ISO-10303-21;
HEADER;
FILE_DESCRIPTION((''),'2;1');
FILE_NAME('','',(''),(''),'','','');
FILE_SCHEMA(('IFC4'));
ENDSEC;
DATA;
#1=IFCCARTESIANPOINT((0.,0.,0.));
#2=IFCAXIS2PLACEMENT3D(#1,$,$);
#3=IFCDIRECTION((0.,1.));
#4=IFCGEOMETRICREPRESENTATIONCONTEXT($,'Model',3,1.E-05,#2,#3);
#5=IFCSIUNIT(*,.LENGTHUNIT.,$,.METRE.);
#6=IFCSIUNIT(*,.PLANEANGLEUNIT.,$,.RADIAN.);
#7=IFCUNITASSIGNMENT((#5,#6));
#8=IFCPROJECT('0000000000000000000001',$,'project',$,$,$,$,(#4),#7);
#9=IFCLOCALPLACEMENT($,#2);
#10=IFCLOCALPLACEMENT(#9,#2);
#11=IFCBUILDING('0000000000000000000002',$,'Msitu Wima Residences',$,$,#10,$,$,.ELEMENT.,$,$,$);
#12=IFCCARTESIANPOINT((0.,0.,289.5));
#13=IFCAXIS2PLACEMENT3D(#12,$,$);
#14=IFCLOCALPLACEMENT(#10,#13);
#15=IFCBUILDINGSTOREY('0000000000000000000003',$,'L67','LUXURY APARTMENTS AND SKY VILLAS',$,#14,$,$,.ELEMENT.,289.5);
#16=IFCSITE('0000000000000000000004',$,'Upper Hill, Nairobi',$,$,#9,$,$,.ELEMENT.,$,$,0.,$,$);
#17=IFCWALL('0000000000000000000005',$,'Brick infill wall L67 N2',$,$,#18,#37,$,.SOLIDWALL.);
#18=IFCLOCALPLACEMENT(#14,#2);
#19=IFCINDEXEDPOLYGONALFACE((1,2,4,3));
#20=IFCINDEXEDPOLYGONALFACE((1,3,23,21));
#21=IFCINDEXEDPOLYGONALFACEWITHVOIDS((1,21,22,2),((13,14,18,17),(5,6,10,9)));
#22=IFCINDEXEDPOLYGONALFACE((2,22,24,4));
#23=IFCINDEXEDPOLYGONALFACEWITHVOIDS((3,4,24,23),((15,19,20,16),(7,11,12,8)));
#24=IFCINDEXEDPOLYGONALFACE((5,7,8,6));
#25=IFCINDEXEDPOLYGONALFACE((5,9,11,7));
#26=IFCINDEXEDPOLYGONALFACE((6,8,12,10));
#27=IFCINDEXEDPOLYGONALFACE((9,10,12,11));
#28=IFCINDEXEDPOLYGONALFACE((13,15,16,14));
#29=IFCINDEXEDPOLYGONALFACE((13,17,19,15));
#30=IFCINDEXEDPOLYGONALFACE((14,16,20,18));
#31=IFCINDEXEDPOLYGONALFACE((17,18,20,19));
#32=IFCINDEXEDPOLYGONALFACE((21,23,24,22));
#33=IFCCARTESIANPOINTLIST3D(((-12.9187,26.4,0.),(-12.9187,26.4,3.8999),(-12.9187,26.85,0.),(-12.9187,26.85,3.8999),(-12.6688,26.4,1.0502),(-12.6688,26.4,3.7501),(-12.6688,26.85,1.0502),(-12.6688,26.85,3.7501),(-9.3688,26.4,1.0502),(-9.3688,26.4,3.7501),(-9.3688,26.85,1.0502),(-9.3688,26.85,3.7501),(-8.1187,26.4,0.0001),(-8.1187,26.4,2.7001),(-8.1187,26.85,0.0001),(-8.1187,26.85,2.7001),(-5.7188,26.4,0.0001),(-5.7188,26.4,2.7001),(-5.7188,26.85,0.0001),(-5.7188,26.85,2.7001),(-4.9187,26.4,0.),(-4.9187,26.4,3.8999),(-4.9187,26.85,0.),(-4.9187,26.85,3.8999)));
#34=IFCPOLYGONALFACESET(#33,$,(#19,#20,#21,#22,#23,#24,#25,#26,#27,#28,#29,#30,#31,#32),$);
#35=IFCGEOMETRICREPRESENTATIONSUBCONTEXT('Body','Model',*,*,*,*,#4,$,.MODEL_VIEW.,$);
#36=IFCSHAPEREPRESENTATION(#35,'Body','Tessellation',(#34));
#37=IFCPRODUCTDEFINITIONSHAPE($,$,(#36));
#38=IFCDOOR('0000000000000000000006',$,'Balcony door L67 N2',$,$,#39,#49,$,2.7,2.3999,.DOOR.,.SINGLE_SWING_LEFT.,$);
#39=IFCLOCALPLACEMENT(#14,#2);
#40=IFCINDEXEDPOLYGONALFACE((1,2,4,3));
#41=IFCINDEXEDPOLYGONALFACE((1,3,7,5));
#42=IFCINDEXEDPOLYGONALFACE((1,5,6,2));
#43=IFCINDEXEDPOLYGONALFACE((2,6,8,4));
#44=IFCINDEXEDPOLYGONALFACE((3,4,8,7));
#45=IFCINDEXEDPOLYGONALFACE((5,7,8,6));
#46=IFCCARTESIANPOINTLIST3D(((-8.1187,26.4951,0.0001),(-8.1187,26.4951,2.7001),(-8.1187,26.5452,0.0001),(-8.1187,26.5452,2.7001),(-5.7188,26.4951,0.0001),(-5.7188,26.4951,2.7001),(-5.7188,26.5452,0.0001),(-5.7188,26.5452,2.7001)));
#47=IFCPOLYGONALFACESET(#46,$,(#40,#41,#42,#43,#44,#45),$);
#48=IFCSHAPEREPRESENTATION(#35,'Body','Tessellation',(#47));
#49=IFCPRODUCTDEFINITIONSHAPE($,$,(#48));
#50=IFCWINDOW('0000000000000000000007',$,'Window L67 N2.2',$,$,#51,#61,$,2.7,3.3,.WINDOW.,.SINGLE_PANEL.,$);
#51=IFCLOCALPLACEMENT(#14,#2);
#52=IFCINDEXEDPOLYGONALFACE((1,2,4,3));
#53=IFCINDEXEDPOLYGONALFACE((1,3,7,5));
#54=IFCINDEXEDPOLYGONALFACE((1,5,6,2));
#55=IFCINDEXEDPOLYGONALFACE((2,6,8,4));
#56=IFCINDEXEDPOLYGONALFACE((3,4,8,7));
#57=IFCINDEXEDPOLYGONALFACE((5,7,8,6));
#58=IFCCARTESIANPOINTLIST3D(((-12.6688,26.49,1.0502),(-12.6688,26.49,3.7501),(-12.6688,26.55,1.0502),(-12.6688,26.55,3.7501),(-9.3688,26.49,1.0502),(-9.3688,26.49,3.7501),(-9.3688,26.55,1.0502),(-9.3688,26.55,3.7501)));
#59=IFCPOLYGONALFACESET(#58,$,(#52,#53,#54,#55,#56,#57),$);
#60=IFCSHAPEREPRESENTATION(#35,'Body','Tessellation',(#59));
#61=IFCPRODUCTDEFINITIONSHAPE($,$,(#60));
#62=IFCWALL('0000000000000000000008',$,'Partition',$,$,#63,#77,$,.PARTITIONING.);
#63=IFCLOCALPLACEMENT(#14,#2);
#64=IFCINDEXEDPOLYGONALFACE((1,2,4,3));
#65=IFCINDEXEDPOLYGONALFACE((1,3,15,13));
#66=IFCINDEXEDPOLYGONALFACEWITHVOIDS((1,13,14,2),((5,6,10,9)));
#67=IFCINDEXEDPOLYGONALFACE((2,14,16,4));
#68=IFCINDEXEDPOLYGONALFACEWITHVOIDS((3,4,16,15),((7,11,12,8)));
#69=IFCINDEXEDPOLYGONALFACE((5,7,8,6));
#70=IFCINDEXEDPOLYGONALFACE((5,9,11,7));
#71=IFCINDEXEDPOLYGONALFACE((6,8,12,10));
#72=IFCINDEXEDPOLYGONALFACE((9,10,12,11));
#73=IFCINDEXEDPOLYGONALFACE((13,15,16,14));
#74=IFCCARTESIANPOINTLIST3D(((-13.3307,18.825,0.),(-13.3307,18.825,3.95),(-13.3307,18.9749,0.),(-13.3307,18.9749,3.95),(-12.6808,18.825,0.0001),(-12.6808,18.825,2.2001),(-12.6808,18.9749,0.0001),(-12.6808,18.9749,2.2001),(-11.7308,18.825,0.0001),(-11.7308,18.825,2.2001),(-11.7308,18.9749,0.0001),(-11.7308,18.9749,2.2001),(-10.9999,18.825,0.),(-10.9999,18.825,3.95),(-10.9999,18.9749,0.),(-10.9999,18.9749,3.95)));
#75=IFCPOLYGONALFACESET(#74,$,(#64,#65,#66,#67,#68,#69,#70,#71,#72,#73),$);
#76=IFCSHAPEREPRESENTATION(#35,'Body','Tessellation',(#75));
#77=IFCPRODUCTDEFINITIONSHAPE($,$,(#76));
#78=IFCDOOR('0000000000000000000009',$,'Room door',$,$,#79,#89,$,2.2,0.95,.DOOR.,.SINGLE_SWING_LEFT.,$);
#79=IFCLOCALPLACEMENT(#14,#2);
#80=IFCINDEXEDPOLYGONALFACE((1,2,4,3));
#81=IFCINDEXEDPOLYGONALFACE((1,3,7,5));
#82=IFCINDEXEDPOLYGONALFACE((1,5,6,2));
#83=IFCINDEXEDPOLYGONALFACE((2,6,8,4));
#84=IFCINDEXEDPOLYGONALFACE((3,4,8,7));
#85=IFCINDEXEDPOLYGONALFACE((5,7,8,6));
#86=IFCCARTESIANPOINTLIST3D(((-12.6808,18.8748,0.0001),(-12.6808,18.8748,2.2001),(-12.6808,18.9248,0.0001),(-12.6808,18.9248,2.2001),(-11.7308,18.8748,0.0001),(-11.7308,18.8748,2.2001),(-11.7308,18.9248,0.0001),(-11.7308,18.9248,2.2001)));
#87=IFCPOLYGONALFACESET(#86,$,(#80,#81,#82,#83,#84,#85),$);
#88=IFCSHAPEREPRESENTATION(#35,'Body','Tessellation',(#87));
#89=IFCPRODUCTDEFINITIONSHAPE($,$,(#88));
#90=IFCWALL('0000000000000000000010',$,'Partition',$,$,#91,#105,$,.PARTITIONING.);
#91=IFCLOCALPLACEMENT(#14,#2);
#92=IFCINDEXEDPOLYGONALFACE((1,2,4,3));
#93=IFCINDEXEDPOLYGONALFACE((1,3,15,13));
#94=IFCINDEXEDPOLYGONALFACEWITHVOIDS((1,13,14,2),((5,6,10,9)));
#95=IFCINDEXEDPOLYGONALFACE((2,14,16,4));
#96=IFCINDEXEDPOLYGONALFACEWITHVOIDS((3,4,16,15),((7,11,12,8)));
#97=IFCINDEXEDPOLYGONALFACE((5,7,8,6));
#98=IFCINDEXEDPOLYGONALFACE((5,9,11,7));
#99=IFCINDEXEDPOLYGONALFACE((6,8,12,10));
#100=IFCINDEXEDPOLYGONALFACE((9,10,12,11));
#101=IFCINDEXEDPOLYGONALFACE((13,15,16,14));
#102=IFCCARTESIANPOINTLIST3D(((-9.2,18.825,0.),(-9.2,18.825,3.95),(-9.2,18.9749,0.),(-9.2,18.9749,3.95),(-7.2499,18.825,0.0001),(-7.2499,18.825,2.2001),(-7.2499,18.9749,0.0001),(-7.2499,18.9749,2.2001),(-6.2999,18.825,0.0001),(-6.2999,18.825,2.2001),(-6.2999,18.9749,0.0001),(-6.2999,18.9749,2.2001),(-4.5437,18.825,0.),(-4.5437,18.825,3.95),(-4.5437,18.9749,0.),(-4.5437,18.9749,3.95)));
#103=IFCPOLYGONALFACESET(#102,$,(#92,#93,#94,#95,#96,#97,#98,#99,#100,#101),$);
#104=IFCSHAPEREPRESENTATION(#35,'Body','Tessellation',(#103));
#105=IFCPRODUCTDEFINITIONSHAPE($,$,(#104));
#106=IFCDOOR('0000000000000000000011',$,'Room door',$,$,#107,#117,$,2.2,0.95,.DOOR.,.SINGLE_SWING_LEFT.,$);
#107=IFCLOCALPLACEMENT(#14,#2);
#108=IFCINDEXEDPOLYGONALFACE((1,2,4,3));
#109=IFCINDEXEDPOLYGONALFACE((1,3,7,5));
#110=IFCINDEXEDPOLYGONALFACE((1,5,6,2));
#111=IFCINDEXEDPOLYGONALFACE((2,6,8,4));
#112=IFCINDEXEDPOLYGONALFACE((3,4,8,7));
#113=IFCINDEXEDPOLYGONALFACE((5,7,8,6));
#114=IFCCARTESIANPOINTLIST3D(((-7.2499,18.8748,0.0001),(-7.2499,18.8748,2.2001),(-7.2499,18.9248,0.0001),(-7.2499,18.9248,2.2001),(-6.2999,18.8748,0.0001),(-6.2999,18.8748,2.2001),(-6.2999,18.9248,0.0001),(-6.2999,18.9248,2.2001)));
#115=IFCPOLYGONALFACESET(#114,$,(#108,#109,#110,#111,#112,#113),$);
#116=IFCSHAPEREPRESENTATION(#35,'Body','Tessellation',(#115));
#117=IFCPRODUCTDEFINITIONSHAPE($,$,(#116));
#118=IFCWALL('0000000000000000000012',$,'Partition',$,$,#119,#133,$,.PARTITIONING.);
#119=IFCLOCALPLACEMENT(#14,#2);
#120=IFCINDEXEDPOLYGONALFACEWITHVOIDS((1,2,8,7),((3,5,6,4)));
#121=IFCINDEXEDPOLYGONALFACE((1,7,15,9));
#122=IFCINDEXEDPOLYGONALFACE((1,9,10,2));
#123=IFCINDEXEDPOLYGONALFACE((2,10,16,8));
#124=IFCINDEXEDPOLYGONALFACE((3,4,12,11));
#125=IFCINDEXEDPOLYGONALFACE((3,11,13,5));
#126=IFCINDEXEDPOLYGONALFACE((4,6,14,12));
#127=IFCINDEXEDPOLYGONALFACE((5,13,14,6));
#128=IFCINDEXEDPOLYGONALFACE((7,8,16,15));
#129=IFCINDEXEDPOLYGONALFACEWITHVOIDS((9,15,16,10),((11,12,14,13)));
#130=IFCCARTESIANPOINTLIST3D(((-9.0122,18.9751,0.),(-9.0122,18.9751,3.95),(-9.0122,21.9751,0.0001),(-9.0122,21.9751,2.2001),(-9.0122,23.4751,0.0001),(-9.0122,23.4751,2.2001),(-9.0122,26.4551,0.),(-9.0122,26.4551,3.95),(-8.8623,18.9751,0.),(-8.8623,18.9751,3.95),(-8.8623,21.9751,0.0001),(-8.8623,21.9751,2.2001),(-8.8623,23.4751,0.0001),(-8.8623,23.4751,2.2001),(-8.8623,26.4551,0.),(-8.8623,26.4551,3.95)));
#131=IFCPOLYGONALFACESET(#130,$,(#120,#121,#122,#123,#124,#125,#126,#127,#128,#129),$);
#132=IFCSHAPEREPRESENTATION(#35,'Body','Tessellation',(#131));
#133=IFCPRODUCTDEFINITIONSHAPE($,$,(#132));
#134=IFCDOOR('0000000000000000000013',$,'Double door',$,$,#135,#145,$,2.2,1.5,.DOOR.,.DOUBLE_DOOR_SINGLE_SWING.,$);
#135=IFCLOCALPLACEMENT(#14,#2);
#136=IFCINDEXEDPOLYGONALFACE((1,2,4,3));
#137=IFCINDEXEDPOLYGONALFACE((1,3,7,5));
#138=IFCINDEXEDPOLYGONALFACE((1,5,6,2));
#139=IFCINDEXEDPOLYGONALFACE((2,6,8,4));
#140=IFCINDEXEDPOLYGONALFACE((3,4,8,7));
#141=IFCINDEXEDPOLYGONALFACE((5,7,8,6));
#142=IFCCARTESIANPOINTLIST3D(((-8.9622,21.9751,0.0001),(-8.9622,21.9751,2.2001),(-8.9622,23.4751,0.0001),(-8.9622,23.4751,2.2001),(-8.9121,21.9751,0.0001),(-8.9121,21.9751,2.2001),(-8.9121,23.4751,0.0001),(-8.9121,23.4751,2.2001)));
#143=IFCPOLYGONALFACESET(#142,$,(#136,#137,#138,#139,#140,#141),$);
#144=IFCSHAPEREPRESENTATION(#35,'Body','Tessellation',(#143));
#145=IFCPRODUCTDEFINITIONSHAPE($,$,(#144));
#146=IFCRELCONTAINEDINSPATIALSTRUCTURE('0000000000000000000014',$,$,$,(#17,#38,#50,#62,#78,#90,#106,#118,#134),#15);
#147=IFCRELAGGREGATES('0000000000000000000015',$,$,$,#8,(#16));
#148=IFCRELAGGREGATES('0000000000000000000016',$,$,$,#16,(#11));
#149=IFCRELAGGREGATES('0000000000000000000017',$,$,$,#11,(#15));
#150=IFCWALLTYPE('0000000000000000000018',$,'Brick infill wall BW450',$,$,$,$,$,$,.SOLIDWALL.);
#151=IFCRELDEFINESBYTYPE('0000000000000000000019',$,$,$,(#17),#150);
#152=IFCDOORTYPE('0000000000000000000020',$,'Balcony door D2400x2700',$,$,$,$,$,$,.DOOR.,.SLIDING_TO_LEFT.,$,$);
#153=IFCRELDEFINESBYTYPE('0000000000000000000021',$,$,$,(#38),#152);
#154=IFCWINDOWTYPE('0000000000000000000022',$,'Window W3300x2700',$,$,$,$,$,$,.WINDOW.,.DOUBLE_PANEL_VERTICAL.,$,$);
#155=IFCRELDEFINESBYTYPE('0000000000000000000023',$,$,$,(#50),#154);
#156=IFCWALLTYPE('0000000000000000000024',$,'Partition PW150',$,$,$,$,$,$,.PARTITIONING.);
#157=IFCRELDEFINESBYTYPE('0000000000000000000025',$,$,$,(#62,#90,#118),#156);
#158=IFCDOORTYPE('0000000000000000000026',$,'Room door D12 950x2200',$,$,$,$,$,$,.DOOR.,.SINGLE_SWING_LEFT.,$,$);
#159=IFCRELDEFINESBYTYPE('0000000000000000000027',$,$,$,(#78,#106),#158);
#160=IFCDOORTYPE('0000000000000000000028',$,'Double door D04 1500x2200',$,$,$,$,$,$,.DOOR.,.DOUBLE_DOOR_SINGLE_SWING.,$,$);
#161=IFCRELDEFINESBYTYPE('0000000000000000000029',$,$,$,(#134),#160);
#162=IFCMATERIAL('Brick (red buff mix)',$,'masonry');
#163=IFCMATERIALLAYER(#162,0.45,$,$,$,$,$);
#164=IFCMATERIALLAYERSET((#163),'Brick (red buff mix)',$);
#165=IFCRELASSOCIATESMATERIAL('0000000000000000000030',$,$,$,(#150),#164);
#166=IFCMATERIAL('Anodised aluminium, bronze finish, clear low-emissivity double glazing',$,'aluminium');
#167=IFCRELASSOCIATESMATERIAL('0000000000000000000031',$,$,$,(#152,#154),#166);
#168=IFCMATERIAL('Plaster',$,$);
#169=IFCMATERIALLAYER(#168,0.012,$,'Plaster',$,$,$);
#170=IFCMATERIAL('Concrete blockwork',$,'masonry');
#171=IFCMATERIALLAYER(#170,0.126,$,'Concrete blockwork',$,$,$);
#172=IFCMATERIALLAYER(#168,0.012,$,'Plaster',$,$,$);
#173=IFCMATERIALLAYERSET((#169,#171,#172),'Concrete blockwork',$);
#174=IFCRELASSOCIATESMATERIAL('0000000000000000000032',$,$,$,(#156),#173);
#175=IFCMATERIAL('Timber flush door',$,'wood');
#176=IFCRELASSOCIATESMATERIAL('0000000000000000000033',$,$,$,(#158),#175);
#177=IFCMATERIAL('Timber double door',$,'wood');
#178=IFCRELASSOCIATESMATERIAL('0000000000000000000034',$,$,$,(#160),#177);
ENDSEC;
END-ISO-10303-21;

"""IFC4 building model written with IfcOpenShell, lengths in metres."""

from ifc_helpers import new_model, si_unit, direction, frame, frame_2d, origin, place, context, subcontext, project, spatial, rectangle, extrude, material, layer, layer_set, type_object, element, fill, save


model = new_model("IFC4")

# Units and contexts
model_context = context("Model", 3, precision=1e-05, world=origin(), true_north=direction((0.0, 1.0)))
body_context = subcontext(model_context, "Body", "Model", "MODEL_VIEW")
ifc_project = project(units=[si_unit("LENGTHUNIT", "METRE"), si_unit("PLANEANGLEUNIT", "RADIAN")], contexts=[model_context])

# Site, building, storey
site_placement = place(None, origin())
site = spatial("IfcSite", under=ifc_project, at=site_placement, Name="Upper Hill, Nairobi", CompositionType="ELEMENT", RefElevation=0.0)
building_placement = place(site_placement, origin())
building = spatial("IfcBuilding", under=site, at=building_placement, Name="Msitu Wima Residences", CompositionType="ELEMENT")
storey_placement = place(building_placement, frame((0.0, 0.0, 289.5)))
storey = spatial("IfcBuildingStorey", under=building, at=storey_placement, Name="L67", Description="LUXURY APARTMENTS AND SKY VILLAS", CompositionType="ELEMENT", Elevation=289.5)

# Wall, openings, door, window
ifc_material_1 = material(Name="Brick (red buff mix)", Category="masonry")
ifc_layer_1 = layer(ifc_material_1, 0.45)
ifc_layer_set_1 = layer_set([ifc_layer_1], Name="Brick (red buff mix)")
wall_type_1 = type_object("IfcWallType", Name="Brick infill wall BW450", PredefinedType="SOLIDWALL", material=ifc_layer_set_1)
wall_1_placement = place(storey_placement, frame((-4.9187, 26.625, 0.0), z_axis=(0.0, 0.0, 1.0), x_axis=(-1.0, 0.0, 0.0)))
wall_1 = element("IfcWall", 1, at=wall_1_placement, inside=storey, type_object=wall_type_1, Name="Brick infill wall L67 N2", PredefinedType="SOLIDWALL", context=body_context, shape_type="SweptSolid", body=[
    extrude(rectangle(XDim=8.0, YDim=0.45, at=frame_2d((4.0, 0.0))), origin(), (0.0, 0.0, 1.0), 3.8999),
])
opening_1_placement = place(wall_1_placement, frame((0.8, 0.0, 0.0)))
opening_1 = element("IfcOpeningElement", 2, at=opening_1_placement, cuts=wall_1, PredefinedType="OPENING", context=body_context, shape_type="SweptSolid", body=[
    extrude(rectangle(XDim=2.3999, YDim=2.7, at=frame_2d((1.2, 1.3501))), frame((0.0, 0.2349, 0.0), z_axis=(0.0, -1.0, 0.0), x_axis=(1.0, 0.0, 0.0)), (0.0, 0.0, 1.0), 0.47),
])
opening_2_placement = place(wall_1_placement, frame((4.4502, 0.0, 1.05)))
opening_2 = element("IfcOpeningElement", 3, at=opening_2_placement, cuts=wall_1, PredefinedType="OPENING", context=body_context, shape_type="SweptSolid", body=[
    extrude(rectangle(XDim=3.3, YDim=2.7, at=frame_2d((1.6499, 1.3501))), frame((0.0, 0.2349, 0.0), z_axis=(0.0, -1.0, 0.0), x_axis=(1.0, 0.0, 0.0)), (0.0, 0.0, 1.0), 0.47),
])
ifc_material_2 = material(Name="Anodised aluminium, bronze finish, clear low-emissivity double glazing", Category="aluminium")
door_type_1 = type_object("IfcDoorType", Name="Balcony door D2400x2700", OperationType="SLIDING_TO_LEFT", PredefinedType="DOOR", material=ifc_material_2)
door_1_placement = place(opening_1_placement, origin())
door_1 = element("IfcDoor", 4, at=door_1_placement, inside=storey, type_object=door_type_1, Name="Balcony door L67 N2", OperationType="SINGLE_SWING_LEFT", OverallHeight=2.7, OverallWidth=2.3999, PredefinedType="DOOR", context=body_context, shape_type="SweptSolid", body=[
    extrude(rectangle(XDim=2.3999, YDim=2.7, at=frame_2d((1.2, 1.3501))), frame((0.0, 0.1299, 0.0), z_axis=(0.0, -1.0, 0.0), x_axis=(1.0, 0.0, 0.0)), (0.0, 0.0, 1.0), 0.05),
])
fill(opening_1, door_1)
window_type = type_object("IfcWindowType", Name="Window W3300x2700", PartitioningType="DOUBLE_PANEL_VERTICAL", PredefinedType="WINDOW", material=ifc_material_2)
window_placement = place(opening_2_placement, origin())
window = element("IfcWindow", 5, at=window_placement, inside=storey, type_object=window_type, Name="Window L67 N2.2", OverallHeight=2.7, OverallWidth=3.3, PartitioningType="SINGLE_PANEL", PredefinedType="WINDOW", context=body_context, shape_type="SweptSolid", body=[
    extrude(rectangle(XDim=3.3, YDim=2.7, at=frame_2d((1.6499, 1.3501))), frame((0.0, 0.135, 0.0), z_axis=(0.0, -1.0, 0.0), x_axis=(1.0, 0.0, 0.0)), (0.0, 0.0, 1.0), 0.0601),
])
fill(opening_2, window)

# Walls, openings, doors
ifc_material_3 = material(Name="Plaster")
ifc_layer_2 = layer(ifc_material_3, 0.012, Name="Plaster")
ifc_material_4 = material(Name="Concrete blockwork", Category="masonry")
ifc_layer_3 = layer(ifc_material_4, 0.126, Name="Concrete blockwork")
ifc_layer_4 = layer(ifc_material_3, 0.012, Name="Plaster")
ifc_layer_set_2 = layer_set([ifc_layer_2, ifc_layer_3, ifc_layer_4], Name="Concrete blockwork")
wall_type_2 = type_object("IfcWallType", Name="Partition PW150", PredefinedType="PARTITIONING", material=ifc_layer_set_2)
wall_2_placement = place(storey_placement, frame((-13.3308, 18.8999, 0.0), z_axis=(0.0, 0.0, 1.0), x_axis=(1.0, 0.0, 0.0)))
wall_2 = element("IfcWall", 6, at=wall_2_placement, inside=storey, type_object=wall_type_2, Name="Partition", PredefinedType="PARTITIONING", context=body_context, shape_type="SweptSolid", body=[
    extrude(rectangle(XDim=2.3308, YDim=0.1499, at=frame_2d((1.1655, 0.0))), origin(), (0.0, 0.0, 1.0), 3.95),
])
opening_3_placement = place(wall_2_placement, frame((0.6499, 0.0, 0.0)))
opening_3 = element("IfcOpeningElement", 7, at=opening_3_placement, cuts=wall_2, PredefinedType="OPENING", context=body_context, shape_type="SweptSolid", body=[
    extrude(rectangle(XDim=0.95, YDim=2.2, at=frame_2d((0.4751, 1.1001))), frame((0.0, 0.085, 0.0), z_axis=(0.0, -1.0, 0.0), x_axis=(1.0, 0.0, 0.0)), (0.0, 0.0, 1.0), 0.1699),
])
ifc_material_5 = material(Name="Timber flush door", Category="wood")
door_type_2 = type_object("IfcDoorType", Name="Room door D12 950x2200", OperationType="SINGLE_SWING_LEFT", PredefinedType="DOOR", material=ifc_material_5)
door_2_placement = place(opening_3_placement, origin())
door_2 = element("IfcDoor", 8, at=door_2_placement, inside=storey, type_object=door_type_2, Name="Room door", OperationType="SINGLE_SWING_LEFT", OverallHeight=2.2, OverallWidth=0.95, PredefinedType="DOOR", context=body_context, shape_type="SweptSolid", body=[
    extrude(rectangle(XDim=0.95, YDim=2.2, at=frame_2d((0.4751, 1.1001))), frame((0.0, 0.0249, 0.0), z_axis=(0.0, -1.0, 0.0), x_axis=(1.0, 0.0, 0.0)), (0.0, 0.0, 1.0), 0.05),
])
fill(opening_3, door_2)
wall_3_placement = place(storey_placement, frame((-9.2, 18.8999, 0.0), z_axis=(0.0, 0.0, 1.0), x_axis=(1.0, 0.0, 0.0)))
wall_3 = element("IfcWall", 9, at=wall_3_placement, inside=storey, type_object=wall_type_2, Name="Partition", PredefinedType="PARTITIONING", context=body_context, shape_type="SweptSolid", body=[
    extrude(rectangle(XDim=4.6562, YDim=0.1499, at=frame_2d((2.3281, 0.0))), origin(), (0.0, 0.0, 1.0), 3.95),
])
opening_4_placement = place(wall_3_placement, frame((1.95, 0.0, 0.0)))
opening_4 = element("IfcOpeningElement", 10, at=opening_4_placement, cuts=wall_3, PredefinedType="OPENING", context=body_context, shape_type="SweptSolid", body=[
    extrude(rectangle(XDim=0.95, YDim=2.2, at=frame_2d((0.4751, 1.1001))), frame((0.0, 0.085, 0.0), z_axis=(0.0, -1.0, 0.0), x_axis=(1.0, 0.0, 0.0)), (0.0, 0.0, 1.0), 0.1699),
])
door_3_placement = place(opening_4_placement, origin())
door_3 = element("IfcDoor", 11, at=door_3_placement, inside=storey, type_object=door_type_2, Name="Room door", OperationType="SINGLE_SWING_LEFT", OverallHeight=2.2, OverallWidth=0.95, PredefinedType="DOOR", context=body_context, shape_type="SweptSolid", body=[
    extrude(rectangle(XDim=0.95, YDim=2.2, at=frame_2d((0.4751, 1.1001))), frame((0.0, 0.0249, 0.0), z_axis=(0.0, -1.0, 0.0), x_axis=(1.0, 0.0, 0.0)), (0.0, 0.0, 1.0), 0.05),
])
fill(opening_4, door_3)
wall_4_placement = place(storey_placement, frame((-8.9373, 18.9751, 0.0), z_axis=(0.0, 0.0, 1.0), x_axis=(0.0, 1.0, 0.0)))
wall_4 = element("IfcWall", 12, at=wall_4_placement, inside=storey, type_object=wall_type_2, Name="Partition", PredefinedType="PARTITIONING", context=body_context, shape_type="SweptSolid", body=[
    extrude(rectangle(XDim=7.48, YDim=0.1499, at=frame_2d((3.74, 0.0))), origin(), (0.0, 0.0, 1.0), 3.95),
])
opening_5_placement = place(wall_4_placement, frame((3.0, 0.0, 0.0)))
opening_5 = element("IfcOpeningElement", 13, at=opening_5_placement, cuts=wall_4, PredefinedType="OPENING", context=body_context, shape_type="SweptSolid", body=[
    extrude(rectangle(XDim=1.5, YDim=2.2, at=frame_2d((0.75, 1.1001))), frame((0.0, 0.085, 0.0), z_axis=(0.0, -1.0, 0.0), x_axis=(1.0, 0.0, 0.0)), (0.0, 0.0, 1.0), 0.1699),
])
ifc_material_6 = material(Name="Timber double door", Category="wood")
door_type_3 = type_object("IfcDoorType", Name="Double door D04 1500x2200", OperationType="DOUBLE_DOOR_SINGLE_SWING", PredefinedType="DOOR", material=ifc_material_6)
door_4_placement = place(opening_5_placement, origin())
door_4 = element("IfcDoor", 14, at=door_4_placement, inside=storey, type_object=door_type_3, Name="Double door", OperationType="DOUBLE_DOOR_SINGLE_SWING", OverallHeight=2.2, OverallWidth=1.5, PredefinedType="DOOR", context=body_context, shape_type="SweptSolid", body=[
    extrude(rectangle(XDim=1.5, YDim=2.2, at=frame_2d((0.75, 1.1001))), frame((0.0, 0.0249, 0.0), z_axis=(0.0, -1.0, 0.0), x_axis=(1.0, 0.0, 0.0)), (0.0, 0.0, 1.0), 0.05),
])
fill(opening_5, door_4)

save(model, "model.ifc")
